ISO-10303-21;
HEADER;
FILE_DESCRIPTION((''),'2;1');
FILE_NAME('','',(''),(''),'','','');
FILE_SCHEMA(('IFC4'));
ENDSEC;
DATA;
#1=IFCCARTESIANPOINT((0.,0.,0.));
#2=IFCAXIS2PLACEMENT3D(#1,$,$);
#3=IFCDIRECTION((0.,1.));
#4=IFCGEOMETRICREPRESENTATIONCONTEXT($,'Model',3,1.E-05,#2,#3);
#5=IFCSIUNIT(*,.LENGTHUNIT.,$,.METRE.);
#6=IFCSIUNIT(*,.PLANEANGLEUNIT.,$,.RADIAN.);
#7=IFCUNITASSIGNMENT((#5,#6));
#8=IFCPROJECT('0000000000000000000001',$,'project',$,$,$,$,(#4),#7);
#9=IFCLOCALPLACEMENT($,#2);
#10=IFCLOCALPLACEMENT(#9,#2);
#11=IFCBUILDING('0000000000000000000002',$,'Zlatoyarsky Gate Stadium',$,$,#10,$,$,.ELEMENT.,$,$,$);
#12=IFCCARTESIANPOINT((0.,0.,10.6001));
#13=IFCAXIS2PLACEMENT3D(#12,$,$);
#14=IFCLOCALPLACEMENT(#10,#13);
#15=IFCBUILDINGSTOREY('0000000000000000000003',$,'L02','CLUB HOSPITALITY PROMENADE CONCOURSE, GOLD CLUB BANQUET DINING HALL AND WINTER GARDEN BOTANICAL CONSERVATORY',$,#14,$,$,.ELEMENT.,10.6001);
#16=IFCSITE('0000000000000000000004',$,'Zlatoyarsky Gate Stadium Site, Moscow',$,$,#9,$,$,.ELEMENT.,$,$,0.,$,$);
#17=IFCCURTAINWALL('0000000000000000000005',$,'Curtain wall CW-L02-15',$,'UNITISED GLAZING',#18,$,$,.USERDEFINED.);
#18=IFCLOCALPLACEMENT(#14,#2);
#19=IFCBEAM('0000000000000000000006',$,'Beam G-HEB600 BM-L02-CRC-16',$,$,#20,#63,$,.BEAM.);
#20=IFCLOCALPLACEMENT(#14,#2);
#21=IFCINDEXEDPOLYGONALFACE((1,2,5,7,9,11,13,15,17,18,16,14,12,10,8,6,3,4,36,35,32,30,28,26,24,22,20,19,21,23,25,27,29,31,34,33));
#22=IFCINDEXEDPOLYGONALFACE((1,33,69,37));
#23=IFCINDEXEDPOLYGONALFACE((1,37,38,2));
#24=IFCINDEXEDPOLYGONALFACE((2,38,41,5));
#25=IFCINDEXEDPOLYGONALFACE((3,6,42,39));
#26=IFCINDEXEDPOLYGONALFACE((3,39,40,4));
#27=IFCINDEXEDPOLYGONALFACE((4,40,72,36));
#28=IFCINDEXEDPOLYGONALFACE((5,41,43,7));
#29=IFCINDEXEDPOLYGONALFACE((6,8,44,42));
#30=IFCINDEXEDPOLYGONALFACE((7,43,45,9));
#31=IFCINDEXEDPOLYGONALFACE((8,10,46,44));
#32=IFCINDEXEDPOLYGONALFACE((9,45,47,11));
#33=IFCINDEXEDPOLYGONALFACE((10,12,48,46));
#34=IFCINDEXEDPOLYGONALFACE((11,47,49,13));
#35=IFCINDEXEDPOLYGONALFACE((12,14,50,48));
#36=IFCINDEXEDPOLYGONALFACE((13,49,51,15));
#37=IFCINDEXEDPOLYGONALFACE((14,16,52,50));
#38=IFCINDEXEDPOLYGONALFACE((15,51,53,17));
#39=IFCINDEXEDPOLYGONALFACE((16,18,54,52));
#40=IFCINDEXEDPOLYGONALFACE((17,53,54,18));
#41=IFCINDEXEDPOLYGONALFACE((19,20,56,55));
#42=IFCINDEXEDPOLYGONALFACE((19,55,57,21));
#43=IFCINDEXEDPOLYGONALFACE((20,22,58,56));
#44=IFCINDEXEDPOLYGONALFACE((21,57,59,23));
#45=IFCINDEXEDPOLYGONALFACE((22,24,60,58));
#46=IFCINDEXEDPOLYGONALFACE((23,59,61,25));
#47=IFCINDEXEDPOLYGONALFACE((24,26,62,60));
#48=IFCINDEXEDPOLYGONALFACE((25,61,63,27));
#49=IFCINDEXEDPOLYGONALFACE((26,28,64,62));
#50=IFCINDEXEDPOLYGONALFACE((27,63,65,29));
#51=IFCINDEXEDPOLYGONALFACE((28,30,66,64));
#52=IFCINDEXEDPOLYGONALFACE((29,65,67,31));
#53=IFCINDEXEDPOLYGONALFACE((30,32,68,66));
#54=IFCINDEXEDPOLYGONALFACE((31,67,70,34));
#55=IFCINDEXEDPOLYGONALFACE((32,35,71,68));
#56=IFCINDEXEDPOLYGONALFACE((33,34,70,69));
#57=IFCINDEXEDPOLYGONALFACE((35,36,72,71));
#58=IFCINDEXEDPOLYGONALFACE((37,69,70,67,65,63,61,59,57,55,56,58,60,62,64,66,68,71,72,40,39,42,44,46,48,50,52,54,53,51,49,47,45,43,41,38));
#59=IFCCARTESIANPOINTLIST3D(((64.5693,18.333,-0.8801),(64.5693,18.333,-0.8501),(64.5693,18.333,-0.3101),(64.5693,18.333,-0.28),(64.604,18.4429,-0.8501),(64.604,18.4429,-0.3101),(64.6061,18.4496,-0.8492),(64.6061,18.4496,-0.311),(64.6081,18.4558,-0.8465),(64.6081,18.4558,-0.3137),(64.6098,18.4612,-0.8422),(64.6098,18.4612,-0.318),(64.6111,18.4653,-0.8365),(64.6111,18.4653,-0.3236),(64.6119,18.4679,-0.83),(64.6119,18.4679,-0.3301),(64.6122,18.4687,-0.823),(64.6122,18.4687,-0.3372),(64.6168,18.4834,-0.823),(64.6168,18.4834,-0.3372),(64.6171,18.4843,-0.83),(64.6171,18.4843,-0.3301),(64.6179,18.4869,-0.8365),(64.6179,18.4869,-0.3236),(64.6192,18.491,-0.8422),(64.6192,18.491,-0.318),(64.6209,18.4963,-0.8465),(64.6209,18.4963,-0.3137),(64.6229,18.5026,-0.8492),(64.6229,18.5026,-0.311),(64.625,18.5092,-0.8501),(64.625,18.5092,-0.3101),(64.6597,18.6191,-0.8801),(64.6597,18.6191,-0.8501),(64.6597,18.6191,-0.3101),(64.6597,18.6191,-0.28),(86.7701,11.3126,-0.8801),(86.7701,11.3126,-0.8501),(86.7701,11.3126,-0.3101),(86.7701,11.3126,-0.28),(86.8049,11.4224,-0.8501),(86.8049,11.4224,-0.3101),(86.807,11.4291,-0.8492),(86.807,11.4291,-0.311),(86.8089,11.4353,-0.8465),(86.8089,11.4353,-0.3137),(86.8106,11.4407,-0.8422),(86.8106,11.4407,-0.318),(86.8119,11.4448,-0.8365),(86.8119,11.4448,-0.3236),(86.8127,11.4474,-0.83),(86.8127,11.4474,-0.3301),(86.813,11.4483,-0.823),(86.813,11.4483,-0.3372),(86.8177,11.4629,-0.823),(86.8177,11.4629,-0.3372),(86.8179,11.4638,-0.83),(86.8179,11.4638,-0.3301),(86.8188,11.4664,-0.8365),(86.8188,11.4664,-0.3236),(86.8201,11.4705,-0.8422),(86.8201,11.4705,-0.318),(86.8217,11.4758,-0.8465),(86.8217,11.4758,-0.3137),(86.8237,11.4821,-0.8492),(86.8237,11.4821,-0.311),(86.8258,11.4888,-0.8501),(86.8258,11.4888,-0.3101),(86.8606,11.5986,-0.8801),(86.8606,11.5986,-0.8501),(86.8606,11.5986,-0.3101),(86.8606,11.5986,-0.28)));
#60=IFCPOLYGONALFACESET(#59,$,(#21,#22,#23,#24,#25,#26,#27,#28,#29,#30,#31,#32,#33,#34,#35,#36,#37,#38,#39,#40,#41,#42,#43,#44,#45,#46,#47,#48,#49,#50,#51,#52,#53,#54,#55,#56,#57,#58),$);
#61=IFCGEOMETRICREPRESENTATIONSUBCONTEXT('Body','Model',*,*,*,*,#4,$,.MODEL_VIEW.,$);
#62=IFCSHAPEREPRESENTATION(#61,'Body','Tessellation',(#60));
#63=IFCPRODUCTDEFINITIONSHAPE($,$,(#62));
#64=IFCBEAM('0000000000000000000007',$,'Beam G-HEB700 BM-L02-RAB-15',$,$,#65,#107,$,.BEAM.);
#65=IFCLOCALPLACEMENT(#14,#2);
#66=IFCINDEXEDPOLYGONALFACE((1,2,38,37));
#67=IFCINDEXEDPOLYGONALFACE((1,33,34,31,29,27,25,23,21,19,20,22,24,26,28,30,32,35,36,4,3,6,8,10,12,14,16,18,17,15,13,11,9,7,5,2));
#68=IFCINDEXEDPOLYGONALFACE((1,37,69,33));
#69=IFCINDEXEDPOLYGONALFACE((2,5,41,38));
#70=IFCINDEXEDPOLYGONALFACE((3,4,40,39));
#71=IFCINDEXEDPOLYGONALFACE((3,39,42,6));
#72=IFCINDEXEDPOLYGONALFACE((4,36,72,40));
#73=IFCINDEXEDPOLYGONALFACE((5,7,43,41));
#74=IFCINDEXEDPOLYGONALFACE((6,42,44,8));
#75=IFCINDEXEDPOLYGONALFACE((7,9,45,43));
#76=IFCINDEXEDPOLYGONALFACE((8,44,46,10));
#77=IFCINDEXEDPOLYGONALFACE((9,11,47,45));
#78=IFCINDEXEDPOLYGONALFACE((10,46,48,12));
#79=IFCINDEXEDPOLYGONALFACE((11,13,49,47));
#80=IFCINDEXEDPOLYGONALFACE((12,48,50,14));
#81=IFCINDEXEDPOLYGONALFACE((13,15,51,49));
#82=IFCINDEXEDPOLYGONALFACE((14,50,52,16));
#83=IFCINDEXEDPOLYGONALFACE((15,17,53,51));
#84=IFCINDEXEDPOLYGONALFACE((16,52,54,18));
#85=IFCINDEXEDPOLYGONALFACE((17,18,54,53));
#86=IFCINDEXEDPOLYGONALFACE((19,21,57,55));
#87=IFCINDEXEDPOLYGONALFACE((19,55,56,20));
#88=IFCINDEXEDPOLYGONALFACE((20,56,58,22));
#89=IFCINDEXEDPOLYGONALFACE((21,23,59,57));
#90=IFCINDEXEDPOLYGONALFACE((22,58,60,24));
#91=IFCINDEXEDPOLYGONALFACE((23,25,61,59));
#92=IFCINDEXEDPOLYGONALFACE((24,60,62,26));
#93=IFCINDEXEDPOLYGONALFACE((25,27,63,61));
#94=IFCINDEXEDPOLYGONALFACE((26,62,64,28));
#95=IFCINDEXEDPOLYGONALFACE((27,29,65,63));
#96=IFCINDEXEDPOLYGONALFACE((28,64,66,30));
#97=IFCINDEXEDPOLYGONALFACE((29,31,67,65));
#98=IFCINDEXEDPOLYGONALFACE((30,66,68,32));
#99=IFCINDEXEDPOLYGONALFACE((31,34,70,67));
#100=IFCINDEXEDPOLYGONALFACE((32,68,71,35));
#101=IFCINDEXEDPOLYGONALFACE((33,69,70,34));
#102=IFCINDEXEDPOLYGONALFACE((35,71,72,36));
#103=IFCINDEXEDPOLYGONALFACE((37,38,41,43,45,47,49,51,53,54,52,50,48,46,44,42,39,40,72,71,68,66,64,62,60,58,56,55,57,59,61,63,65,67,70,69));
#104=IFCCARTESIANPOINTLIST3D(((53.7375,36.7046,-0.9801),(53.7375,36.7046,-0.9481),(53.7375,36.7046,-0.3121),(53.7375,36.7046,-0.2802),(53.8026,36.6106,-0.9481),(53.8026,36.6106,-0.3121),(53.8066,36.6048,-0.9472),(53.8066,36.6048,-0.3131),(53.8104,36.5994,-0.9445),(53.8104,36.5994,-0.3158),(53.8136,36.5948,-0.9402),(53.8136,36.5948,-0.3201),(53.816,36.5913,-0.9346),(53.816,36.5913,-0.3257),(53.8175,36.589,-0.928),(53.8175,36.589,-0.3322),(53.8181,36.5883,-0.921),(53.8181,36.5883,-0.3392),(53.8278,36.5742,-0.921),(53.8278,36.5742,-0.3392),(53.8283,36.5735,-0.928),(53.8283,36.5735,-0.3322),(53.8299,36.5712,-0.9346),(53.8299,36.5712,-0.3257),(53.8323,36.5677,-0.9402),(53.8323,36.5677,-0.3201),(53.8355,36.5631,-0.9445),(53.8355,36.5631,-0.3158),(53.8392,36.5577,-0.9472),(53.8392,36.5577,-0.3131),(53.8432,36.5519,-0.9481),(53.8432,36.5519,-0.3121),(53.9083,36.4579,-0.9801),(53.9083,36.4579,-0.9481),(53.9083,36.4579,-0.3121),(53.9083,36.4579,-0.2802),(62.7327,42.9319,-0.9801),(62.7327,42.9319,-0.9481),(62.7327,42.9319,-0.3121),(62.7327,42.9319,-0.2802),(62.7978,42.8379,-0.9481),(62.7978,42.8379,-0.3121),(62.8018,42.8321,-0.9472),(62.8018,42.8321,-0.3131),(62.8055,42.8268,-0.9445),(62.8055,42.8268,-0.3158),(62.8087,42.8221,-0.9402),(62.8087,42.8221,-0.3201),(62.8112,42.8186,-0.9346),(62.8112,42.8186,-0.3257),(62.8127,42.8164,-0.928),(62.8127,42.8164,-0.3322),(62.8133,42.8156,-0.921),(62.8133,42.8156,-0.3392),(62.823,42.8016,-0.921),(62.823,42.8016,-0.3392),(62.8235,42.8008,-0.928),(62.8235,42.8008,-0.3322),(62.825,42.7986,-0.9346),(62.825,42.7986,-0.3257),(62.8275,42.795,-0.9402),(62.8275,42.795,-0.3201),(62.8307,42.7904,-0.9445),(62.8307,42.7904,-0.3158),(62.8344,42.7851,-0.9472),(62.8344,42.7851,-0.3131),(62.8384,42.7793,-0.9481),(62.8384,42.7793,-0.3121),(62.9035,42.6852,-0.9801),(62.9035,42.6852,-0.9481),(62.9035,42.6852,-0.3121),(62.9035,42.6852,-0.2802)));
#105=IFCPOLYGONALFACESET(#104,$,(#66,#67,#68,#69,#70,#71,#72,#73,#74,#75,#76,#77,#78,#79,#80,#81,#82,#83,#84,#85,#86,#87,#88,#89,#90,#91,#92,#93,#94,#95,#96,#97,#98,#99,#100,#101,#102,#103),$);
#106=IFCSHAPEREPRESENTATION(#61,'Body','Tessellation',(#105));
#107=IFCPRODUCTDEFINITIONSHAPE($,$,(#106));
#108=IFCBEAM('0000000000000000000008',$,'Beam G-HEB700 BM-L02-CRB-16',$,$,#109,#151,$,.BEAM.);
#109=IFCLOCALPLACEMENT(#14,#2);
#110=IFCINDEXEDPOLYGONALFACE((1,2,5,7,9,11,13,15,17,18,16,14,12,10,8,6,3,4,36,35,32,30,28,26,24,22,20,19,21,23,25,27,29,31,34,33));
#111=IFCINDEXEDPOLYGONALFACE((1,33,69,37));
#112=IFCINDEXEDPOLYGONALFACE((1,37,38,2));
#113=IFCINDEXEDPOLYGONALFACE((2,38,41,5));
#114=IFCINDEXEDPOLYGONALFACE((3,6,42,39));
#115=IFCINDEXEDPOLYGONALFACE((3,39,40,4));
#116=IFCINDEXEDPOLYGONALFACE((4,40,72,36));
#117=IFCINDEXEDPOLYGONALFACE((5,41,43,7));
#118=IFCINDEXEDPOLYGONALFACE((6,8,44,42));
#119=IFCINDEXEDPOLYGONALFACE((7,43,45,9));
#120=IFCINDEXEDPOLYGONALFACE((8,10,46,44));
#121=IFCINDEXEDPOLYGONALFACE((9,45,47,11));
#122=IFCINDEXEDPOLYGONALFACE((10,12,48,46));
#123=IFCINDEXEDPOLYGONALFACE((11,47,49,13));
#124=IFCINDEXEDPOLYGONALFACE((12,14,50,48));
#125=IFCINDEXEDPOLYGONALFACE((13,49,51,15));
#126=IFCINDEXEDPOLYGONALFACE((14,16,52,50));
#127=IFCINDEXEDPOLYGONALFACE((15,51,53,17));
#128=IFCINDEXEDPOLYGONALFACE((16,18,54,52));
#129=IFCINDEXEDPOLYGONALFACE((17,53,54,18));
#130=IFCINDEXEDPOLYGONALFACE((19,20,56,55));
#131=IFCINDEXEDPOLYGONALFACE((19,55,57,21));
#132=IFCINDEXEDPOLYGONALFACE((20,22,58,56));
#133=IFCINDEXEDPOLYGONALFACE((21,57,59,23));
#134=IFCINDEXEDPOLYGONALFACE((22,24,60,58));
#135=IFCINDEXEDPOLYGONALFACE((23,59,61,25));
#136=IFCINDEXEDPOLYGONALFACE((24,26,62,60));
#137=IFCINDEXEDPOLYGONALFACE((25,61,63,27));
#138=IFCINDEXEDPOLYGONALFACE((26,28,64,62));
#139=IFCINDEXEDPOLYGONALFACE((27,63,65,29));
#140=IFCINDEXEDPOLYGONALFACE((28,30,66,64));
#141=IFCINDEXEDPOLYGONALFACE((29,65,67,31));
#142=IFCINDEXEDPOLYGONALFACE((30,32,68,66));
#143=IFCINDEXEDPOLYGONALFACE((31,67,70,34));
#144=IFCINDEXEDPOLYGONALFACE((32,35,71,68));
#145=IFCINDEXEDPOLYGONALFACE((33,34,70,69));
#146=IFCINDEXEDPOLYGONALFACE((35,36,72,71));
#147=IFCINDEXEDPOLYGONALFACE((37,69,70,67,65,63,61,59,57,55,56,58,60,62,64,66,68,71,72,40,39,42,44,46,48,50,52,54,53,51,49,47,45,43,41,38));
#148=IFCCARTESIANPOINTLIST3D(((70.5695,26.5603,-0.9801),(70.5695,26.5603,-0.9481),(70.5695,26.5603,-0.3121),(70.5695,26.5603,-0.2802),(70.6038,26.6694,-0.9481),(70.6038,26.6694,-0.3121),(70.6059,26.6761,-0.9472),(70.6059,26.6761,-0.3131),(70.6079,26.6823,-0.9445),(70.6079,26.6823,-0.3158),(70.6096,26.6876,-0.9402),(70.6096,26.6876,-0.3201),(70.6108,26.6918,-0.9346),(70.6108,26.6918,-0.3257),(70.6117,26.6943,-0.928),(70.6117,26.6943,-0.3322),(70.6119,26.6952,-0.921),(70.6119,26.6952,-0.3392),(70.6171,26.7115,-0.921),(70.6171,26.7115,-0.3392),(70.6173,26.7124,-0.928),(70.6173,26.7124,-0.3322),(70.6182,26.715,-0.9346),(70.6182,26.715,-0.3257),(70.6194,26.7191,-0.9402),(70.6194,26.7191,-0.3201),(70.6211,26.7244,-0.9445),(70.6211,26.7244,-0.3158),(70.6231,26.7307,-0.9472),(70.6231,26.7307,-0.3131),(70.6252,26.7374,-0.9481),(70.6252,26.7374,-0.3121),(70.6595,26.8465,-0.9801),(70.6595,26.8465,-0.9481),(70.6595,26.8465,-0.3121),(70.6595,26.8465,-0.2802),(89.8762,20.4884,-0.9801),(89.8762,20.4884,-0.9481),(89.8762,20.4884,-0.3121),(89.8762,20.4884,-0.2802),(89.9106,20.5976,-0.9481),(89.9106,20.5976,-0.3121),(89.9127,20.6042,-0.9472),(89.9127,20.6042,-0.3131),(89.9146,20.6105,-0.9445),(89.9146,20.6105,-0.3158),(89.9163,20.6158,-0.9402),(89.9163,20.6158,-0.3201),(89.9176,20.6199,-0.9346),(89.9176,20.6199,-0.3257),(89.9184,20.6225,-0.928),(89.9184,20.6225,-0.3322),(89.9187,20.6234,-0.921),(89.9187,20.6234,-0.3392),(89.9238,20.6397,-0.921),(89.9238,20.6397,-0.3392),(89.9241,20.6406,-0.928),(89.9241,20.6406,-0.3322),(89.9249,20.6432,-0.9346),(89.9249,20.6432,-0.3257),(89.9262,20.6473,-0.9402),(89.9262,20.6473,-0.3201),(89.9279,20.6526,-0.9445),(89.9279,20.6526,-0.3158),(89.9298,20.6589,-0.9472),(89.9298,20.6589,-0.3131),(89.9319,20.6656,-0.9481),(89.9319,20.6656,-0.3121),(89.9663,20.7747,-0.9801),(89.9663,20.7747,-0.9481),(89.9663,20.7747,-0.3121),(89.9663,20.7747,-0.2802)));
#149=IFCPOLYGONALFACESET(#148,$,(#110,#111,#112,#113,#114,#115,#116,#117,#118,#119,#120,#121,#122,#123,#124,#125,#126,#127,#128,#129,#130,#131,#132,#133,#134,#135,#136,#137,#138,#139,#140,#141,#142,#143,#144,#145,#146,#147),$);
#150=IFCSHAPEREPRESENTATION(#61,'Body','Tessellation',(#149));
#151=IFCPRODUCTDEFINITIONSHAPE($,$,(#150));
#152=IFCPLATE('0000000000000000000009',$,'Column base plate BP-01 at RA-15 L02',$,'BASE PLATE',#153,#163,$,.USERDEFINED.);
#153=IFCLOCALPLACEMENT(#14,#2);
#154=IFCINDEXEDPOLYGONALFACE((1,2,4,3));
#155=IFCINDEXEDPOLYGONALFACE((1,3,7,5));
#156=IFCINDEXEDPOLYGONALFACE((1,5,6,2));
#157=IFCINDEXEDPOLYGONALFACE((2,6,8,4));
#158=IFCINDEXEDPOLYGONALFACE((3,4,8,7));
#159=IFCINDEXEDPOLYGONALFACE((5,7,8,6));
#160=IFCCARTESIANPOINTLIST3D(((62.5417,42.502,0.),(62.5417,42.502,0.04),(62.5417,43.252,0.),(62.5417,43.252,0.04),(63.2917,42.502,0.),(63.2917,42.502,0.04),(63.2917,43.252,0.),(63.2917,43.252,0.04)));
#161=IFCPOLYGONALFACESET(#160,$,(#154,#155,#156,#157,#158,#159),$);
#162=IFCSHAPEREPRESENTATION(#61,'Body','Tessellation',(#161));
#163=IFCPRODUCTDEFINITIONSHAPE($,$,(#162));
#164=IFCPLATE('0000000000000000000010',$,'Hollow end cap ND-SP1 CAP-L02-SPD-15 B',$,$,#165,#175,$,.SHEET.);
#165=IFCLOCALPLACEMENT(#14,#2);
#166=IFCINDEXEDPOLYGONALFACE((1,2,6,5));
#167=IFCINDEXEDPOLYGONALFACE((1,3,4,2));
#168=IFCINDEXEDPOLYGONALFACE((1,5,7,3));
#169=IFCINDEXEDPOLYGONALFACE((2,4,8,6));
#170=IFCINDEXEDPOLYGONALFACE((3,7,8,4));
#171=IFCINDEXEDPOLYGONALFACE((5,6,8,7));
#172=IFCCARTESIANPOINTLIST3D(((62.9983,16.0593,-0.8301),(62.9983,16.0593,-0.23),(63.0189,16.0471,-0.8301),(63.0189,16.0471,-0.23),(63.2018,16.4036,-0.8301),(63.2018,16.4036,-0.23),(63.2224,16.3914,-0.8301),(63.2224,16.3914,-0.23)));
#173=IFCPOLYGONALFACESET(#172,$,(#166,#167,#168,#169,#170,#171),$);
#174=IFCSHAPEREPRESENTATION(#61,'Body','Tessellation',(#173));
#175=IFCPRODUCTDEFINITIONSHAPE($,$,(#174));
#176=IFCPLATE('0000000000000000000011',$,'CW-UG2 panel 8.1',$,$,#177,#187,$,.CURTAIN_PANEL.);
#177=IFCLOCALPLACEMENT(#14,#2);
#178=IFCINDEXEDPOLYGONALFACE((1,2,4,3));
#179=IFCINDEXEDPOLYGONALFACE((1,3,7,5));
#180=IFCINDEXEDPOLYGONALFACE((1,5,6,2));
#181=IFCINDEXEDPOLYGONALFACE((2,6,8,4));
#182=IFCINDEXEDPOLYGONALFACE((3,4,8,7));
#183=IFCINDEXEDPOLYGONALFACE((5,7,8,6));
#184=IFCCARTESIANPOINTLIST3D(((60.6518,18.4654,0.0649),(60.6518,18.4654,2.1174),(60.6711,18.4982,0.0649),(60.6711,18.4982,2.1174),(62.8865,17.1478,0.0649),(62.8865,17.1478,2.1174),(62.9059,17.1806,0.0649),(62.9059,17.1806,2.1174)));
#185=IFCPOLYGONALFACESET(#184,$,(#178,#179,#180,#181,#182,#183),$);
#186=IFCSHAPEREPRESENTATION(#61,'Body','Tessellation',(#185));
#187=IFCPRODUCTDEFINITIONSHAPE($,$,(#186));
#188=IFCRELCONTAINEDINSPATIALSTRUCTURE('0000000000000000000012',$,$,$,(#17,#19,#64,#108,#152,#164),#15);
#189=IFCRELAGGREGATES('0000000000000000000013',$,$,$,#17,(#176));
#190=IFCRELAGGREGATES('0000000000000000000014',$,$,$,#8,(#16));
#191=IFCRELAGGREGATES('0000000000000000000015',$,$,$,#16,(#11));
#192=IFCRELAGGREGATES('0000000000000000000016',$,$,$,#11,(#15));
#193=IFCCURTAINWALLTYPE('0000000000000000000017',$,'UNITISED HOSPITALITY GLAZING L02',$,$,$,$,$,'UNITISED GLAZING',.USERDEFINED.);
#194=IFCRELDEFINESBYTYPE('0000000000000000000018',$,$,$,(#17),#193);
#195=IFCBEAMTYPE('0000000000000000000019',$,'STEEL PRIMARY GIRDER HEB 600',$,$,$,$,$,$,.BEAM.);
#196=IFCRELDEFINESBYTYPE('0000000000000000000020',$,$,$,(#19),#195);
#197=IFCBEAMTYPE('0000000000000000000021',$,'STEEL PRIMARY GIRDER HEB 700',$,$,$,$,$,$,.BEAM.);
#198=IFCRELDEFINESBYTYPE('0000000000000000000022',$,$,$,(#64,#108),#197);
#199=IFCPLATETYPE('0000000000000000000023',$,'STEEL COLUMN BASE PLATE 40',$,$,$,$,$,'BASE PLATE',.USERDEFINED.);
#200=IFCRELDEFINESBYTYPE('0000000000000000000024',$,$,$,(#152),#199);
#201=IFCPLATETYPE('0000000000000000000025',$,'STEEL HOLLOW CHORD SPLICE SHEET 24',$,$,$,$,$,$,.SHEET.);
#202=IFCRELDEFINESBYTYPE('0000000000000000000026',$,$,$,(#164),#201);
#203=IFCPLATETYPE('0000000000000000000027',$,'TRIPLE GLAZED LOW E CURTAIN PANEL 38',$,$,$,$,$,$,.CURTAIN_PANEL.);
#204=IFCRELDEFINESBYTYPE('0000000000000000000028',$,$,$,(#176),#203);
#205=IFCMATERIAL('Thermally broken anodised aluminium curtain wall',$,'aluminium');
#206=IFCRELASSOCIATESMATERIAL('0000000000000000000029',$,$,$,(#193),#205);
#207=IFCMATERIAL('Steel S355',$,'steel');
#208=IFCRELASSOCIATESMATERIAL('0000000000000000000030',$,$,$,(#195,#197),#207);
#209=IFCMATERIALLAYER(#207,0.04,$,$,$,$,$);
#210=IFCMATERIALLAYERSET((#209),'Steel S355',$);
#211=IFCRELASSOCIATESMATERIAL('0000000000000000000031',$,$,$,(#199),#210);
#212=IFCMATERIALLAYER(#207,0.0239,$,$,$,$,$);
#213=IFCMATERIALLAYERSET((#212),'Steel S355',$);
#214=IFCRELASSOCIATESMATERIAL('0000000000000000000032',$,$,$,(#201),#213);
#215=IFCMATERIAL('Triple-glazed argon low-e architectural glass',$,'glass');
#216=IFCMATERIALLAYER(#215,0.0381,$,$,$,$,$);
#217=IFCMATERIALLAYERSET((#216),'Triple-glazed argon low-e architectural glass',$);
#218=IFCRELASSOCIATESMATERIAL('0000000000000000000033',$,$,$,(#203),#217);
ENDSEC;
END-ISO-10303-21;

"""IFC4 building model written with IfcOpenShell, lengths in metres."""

from ifc_helpers import new_model, si_unit, direction, frame, origin, origin_2d, place, context, subcontext, project, spatial, rectangle, i_section, extrude, material, layer, layer_set, material_profile, profile_set, type_object, element, aggregate, save


model = new_model("IFC4")

# Units and contexts
model_context = context("Model", 3, precision=1e-05, world=origin(), true_north=direction((0.0, 1.0)))
body_context = subcontext(model_context, "Body", "Model", "MODEL_VIEW")
ifc_project = project(units=[si_unit("LENGTHUNIT", "METRE"), si_unit("PLANEANGLEUNIT", "RADIAN")], contexts=[model_context])

# Site, building, storey
site_placement = place(None, origin())
site = spatial("IfcSite", under=ifc_project, at=site_placement, Name="Zlatoyarsky Gate Stadium Site, Moscow", CompositionType="ELEMENT", RefElevation=0.0)
building_placement = place(site_placement, origin())
building = spatial("IfcBuilding", under=site, at=building_placement, Name="Zlatoyarsky Gate Stadium", CompositionType="ELEMENT")
storey_placement = place(building_placement, frame((0.0, 0.0, 10.6001)))
storey = spatial("IfcBuildingStorey", under=building, at=storey_placement, Name="L02", Description="CLUB HOSPITALITY PROMENADE CONCOURSE, GOLD CLUB BANQUET DINING HALL AND WINTER GARDEN BOTANICAL CONSERVATORY", CompositionType="ELEMENT", Elevation=10.6001)

# Shared definitions
ifc_material_1 = material(Name="Steel S355", Category="steel")

# Curtain wall
ifc_material_2 = material(Name="Thermally broken anodised aluminium curtain wall", Category="aluminium")
curtain_wall_type = type_object("IfcCurtainWallType", Name="UNITISED HOSPITALITY GLAZING L02", ElementType="UNITISED GLAZING", PredefinedType="USERDEFINED", material=ifc_material_2)
curtain_wall_1_placement = place(storey_placement, origin())
curtain_wall_1 = element("IfcCurtainWall", 1, at=curtain_wall_1_placement, inside=storey, type_object=curtain_wall_type, Name="Curtain wall CW-L02-15", ObjectType="UNITISED GLAZING", PredefinedType="USERDEFINED")

# Beams
ifc_material_profile_1 = material_profile(ifc_material_1, i_section(OverallWidth=0.3, OverallDepth=0.6001, WebThickness=0.0154, FlangeThickness=0.03, FilletRadius=0.0271, at=origin_2d()), Name="HEB 600")
ifc_profile_set_1 = profile_set([ifc_material_profile_1], Name="Steel S355")
beam_type_1 = type_object("IfcBeamType", Name="STEEL PRIMARY GIRDER HEB 600", PredefinedType="BEAM", material=ifc_profile_set_1)
beam_1_placement = place(storey_placement, frame((64.6145, 18.4761, -0.5801), z_axis=(0.953463, -0.30151, 0.0), x_axis=(0.30151, 0.953463, 0.0)))
element("IfcBeam", 2, at=beam_1_placement, inside=storey, type_object=beam_type_1, Name="Beam G-HEB600 BM-L02-CRC-16", PredefinedType="BEAM", context=body_context, shape_type="SweptSolid", body=[
    extrude(i_section(OverallWidth=0.3, OverallDepth=0.6001, WebThickness=0.0154, FlangeThickness=0.03, FilletRadius=0.0271, at=origin_2d()), origin(), (0.0, 0.0, 1.0), 23.2844),
])
ifc_material_profile_2 = material_profile(ifc_material_1, i_section(OverallWidth=0.3, OverallDepth=0.7, WebThickness=0.0171, FlangeThickness=0.032, FilletRadius=0.0271, at=origin_2d()), Name="HEB 700")
ifc_profile_set_2 = profile_set([ifc_material_profile_2], Name="Steel S355")
beam_type_2 = type_object("IfcBeamType", Name="STEEL PRIMARY GIRDER HEB 700", PredefinedType="BEAM", material=ifc_profile_set_2)
beam_2_placement = place(storey_placement, frame((62.8181, 42.8086, -0.6301), z_axis=(-0.822196, -0.569204, 0.0), x_axis=(0.569204, -0.822196, 0.0)))
element("IfcBeam", 3, at=beam_2_placement, inside=storey, type_object=beam_type_2, Name="Beam G-HEB700 BM-L02-RAB-15", PredefinedType="BEAM", context=body_context, shape_type="SweptSolid", body=[
    extrude(i_section(OverallWidth=0.3, OverallDepth=0.7, WebThickness=0.0171, FlangeThickness=0.032, FilletRadius=0.0271, at=origin_2d()), origin(), (0.0, 0.0, 1.0), 10.9404),
])
beam_3_placement = place(storey_placement, frame((70.6145, 26.7034, -0.6301), z_axis=(0.953938, -0.300005, 0.0), x_axis=(0.300005, 0.953938, 0.0)))
element("IfcBeam", 4, at=beam_3_placement, inside=storey, type_object=beam_type_2, Name="Beam G-HEB700 BM-L02-CRB-16", PredefinedType="BEAM", context=body_context, shape_type="SweptSolid", body=[
    extrude(i_section(OverallWidth=0.3, OverallDepth=0.7, WebThickness=0.0171, FlangeThickness=0.032, FilletRadius=0.0271, at=origin_2d()), origin(), (0.0, 0.0, 1.0), 20.239),
])

# Plates
ifc_layer_1 = layer(ifc_material_1, 0.04)
ifc_layer_set_1 = layer_set([ifc_layer_1], Name="Steel S355")
plate_type_1 = type_object("IfcPlateType", Name="STEEL COLUMN BASE PLATE 40", ElementType="BASE PLATE", PredefinedType="USERDEFINED", material=ifc_layer_set_1)
plate_1_placement = place(storey_placement, frame((62.9167, 42.877, 0.0), z_axis=(0.0, 0.0, 1.0), x_axis=(1.0, 0.0, 0.0)))
element("IfcPlate", 5, at=plate_1_placement, inside=storey, type_object=plate_type_1, Name="Column base plate BP-01 at RA-15 L02", ObjectType="BASE PLATE", PredefinedType="USERDEFINED", context=body_context, shape_type="SweptSolid", body=[
    extrude(rectangle(XDim=0.75, YDim=0.75, at=origin_2d()), origin(), (0.0, 0.0, 1.0), 0.04),
])
ifc_layer_2 = layer(ifc_material_1, 0.0239)
ifc_layer_set_2 = layer_set([ifc_layer_2], Name="Steel S355")
plate_type_2 = type_object("IfcPlateType", Name="STEEL HOLLOW CHORD SPLICE SHEET 24", PredefinedType="SHEET", material=ifc_layer_set_2)
plate_2_placement = place(storey_placement, frame((63.1104, 16.2253, -0.8301), z_axis=(0.0, 0.0, 1.0), x_axis=(0.860935, -0.508716, 0.0)))
element("IfcPlate", 6, at=plate_2_placement, inside=storey, type_object=plate_type_2, Name="Hollow end cap ND-SP1 CAP-L02-SPD-15 B", PredefinedType="SHEET", context=body_context, shape_type="SweptSolid", body=[
    extrude(rectangle(XDim=0.0239, YDim=0.3999, at=origin_2d()), origin(), (0.0, 0.0, 1.0), 0.6001),
])

# Plate
ifc_material_3 = material(Name="Triple-glazed argon low-e architectural glass", Category="glass")
ifc_layer_3 = layer(ifc_material_3, 0.0381)
ifc_layer_set_3 = layer_set([ifc_layer_3], Name="Triple-glazed argon low-e architectural glass")
plate_type_3 = type_object("IfcPlateType", Name="TRIPLE GLAZED LOW E CURTAIN PANEL 38", PredefinedType="CURTAIN_PANEL", material=ifc_layer_set_3)
plate_3_placement = place(storey_placement, frame((61.7788, 17.823, 0.0649), z_axis=(0.0, 0.0, 1.0), x_axis=(0.861425, -0.507884, 0.0)))
plate_3 = element("IfcPlate", 7, at=plate_3_placement, type_object=plate_type_3, Name="CW-UG2 panel 8.1", PredefinedType="CURTAIN_PANEL", context=body_context, shape_type="SweptSolid", body=[
    extrude(rectangle(XDim=2.5942, YDim=0.0381, at=origin_2d()), origin(), (0.0, 0.0, 1.0), 2.0525),
])
aggregate(curtain_wall_1, [plate_3])

save(model, "model.ifc")
